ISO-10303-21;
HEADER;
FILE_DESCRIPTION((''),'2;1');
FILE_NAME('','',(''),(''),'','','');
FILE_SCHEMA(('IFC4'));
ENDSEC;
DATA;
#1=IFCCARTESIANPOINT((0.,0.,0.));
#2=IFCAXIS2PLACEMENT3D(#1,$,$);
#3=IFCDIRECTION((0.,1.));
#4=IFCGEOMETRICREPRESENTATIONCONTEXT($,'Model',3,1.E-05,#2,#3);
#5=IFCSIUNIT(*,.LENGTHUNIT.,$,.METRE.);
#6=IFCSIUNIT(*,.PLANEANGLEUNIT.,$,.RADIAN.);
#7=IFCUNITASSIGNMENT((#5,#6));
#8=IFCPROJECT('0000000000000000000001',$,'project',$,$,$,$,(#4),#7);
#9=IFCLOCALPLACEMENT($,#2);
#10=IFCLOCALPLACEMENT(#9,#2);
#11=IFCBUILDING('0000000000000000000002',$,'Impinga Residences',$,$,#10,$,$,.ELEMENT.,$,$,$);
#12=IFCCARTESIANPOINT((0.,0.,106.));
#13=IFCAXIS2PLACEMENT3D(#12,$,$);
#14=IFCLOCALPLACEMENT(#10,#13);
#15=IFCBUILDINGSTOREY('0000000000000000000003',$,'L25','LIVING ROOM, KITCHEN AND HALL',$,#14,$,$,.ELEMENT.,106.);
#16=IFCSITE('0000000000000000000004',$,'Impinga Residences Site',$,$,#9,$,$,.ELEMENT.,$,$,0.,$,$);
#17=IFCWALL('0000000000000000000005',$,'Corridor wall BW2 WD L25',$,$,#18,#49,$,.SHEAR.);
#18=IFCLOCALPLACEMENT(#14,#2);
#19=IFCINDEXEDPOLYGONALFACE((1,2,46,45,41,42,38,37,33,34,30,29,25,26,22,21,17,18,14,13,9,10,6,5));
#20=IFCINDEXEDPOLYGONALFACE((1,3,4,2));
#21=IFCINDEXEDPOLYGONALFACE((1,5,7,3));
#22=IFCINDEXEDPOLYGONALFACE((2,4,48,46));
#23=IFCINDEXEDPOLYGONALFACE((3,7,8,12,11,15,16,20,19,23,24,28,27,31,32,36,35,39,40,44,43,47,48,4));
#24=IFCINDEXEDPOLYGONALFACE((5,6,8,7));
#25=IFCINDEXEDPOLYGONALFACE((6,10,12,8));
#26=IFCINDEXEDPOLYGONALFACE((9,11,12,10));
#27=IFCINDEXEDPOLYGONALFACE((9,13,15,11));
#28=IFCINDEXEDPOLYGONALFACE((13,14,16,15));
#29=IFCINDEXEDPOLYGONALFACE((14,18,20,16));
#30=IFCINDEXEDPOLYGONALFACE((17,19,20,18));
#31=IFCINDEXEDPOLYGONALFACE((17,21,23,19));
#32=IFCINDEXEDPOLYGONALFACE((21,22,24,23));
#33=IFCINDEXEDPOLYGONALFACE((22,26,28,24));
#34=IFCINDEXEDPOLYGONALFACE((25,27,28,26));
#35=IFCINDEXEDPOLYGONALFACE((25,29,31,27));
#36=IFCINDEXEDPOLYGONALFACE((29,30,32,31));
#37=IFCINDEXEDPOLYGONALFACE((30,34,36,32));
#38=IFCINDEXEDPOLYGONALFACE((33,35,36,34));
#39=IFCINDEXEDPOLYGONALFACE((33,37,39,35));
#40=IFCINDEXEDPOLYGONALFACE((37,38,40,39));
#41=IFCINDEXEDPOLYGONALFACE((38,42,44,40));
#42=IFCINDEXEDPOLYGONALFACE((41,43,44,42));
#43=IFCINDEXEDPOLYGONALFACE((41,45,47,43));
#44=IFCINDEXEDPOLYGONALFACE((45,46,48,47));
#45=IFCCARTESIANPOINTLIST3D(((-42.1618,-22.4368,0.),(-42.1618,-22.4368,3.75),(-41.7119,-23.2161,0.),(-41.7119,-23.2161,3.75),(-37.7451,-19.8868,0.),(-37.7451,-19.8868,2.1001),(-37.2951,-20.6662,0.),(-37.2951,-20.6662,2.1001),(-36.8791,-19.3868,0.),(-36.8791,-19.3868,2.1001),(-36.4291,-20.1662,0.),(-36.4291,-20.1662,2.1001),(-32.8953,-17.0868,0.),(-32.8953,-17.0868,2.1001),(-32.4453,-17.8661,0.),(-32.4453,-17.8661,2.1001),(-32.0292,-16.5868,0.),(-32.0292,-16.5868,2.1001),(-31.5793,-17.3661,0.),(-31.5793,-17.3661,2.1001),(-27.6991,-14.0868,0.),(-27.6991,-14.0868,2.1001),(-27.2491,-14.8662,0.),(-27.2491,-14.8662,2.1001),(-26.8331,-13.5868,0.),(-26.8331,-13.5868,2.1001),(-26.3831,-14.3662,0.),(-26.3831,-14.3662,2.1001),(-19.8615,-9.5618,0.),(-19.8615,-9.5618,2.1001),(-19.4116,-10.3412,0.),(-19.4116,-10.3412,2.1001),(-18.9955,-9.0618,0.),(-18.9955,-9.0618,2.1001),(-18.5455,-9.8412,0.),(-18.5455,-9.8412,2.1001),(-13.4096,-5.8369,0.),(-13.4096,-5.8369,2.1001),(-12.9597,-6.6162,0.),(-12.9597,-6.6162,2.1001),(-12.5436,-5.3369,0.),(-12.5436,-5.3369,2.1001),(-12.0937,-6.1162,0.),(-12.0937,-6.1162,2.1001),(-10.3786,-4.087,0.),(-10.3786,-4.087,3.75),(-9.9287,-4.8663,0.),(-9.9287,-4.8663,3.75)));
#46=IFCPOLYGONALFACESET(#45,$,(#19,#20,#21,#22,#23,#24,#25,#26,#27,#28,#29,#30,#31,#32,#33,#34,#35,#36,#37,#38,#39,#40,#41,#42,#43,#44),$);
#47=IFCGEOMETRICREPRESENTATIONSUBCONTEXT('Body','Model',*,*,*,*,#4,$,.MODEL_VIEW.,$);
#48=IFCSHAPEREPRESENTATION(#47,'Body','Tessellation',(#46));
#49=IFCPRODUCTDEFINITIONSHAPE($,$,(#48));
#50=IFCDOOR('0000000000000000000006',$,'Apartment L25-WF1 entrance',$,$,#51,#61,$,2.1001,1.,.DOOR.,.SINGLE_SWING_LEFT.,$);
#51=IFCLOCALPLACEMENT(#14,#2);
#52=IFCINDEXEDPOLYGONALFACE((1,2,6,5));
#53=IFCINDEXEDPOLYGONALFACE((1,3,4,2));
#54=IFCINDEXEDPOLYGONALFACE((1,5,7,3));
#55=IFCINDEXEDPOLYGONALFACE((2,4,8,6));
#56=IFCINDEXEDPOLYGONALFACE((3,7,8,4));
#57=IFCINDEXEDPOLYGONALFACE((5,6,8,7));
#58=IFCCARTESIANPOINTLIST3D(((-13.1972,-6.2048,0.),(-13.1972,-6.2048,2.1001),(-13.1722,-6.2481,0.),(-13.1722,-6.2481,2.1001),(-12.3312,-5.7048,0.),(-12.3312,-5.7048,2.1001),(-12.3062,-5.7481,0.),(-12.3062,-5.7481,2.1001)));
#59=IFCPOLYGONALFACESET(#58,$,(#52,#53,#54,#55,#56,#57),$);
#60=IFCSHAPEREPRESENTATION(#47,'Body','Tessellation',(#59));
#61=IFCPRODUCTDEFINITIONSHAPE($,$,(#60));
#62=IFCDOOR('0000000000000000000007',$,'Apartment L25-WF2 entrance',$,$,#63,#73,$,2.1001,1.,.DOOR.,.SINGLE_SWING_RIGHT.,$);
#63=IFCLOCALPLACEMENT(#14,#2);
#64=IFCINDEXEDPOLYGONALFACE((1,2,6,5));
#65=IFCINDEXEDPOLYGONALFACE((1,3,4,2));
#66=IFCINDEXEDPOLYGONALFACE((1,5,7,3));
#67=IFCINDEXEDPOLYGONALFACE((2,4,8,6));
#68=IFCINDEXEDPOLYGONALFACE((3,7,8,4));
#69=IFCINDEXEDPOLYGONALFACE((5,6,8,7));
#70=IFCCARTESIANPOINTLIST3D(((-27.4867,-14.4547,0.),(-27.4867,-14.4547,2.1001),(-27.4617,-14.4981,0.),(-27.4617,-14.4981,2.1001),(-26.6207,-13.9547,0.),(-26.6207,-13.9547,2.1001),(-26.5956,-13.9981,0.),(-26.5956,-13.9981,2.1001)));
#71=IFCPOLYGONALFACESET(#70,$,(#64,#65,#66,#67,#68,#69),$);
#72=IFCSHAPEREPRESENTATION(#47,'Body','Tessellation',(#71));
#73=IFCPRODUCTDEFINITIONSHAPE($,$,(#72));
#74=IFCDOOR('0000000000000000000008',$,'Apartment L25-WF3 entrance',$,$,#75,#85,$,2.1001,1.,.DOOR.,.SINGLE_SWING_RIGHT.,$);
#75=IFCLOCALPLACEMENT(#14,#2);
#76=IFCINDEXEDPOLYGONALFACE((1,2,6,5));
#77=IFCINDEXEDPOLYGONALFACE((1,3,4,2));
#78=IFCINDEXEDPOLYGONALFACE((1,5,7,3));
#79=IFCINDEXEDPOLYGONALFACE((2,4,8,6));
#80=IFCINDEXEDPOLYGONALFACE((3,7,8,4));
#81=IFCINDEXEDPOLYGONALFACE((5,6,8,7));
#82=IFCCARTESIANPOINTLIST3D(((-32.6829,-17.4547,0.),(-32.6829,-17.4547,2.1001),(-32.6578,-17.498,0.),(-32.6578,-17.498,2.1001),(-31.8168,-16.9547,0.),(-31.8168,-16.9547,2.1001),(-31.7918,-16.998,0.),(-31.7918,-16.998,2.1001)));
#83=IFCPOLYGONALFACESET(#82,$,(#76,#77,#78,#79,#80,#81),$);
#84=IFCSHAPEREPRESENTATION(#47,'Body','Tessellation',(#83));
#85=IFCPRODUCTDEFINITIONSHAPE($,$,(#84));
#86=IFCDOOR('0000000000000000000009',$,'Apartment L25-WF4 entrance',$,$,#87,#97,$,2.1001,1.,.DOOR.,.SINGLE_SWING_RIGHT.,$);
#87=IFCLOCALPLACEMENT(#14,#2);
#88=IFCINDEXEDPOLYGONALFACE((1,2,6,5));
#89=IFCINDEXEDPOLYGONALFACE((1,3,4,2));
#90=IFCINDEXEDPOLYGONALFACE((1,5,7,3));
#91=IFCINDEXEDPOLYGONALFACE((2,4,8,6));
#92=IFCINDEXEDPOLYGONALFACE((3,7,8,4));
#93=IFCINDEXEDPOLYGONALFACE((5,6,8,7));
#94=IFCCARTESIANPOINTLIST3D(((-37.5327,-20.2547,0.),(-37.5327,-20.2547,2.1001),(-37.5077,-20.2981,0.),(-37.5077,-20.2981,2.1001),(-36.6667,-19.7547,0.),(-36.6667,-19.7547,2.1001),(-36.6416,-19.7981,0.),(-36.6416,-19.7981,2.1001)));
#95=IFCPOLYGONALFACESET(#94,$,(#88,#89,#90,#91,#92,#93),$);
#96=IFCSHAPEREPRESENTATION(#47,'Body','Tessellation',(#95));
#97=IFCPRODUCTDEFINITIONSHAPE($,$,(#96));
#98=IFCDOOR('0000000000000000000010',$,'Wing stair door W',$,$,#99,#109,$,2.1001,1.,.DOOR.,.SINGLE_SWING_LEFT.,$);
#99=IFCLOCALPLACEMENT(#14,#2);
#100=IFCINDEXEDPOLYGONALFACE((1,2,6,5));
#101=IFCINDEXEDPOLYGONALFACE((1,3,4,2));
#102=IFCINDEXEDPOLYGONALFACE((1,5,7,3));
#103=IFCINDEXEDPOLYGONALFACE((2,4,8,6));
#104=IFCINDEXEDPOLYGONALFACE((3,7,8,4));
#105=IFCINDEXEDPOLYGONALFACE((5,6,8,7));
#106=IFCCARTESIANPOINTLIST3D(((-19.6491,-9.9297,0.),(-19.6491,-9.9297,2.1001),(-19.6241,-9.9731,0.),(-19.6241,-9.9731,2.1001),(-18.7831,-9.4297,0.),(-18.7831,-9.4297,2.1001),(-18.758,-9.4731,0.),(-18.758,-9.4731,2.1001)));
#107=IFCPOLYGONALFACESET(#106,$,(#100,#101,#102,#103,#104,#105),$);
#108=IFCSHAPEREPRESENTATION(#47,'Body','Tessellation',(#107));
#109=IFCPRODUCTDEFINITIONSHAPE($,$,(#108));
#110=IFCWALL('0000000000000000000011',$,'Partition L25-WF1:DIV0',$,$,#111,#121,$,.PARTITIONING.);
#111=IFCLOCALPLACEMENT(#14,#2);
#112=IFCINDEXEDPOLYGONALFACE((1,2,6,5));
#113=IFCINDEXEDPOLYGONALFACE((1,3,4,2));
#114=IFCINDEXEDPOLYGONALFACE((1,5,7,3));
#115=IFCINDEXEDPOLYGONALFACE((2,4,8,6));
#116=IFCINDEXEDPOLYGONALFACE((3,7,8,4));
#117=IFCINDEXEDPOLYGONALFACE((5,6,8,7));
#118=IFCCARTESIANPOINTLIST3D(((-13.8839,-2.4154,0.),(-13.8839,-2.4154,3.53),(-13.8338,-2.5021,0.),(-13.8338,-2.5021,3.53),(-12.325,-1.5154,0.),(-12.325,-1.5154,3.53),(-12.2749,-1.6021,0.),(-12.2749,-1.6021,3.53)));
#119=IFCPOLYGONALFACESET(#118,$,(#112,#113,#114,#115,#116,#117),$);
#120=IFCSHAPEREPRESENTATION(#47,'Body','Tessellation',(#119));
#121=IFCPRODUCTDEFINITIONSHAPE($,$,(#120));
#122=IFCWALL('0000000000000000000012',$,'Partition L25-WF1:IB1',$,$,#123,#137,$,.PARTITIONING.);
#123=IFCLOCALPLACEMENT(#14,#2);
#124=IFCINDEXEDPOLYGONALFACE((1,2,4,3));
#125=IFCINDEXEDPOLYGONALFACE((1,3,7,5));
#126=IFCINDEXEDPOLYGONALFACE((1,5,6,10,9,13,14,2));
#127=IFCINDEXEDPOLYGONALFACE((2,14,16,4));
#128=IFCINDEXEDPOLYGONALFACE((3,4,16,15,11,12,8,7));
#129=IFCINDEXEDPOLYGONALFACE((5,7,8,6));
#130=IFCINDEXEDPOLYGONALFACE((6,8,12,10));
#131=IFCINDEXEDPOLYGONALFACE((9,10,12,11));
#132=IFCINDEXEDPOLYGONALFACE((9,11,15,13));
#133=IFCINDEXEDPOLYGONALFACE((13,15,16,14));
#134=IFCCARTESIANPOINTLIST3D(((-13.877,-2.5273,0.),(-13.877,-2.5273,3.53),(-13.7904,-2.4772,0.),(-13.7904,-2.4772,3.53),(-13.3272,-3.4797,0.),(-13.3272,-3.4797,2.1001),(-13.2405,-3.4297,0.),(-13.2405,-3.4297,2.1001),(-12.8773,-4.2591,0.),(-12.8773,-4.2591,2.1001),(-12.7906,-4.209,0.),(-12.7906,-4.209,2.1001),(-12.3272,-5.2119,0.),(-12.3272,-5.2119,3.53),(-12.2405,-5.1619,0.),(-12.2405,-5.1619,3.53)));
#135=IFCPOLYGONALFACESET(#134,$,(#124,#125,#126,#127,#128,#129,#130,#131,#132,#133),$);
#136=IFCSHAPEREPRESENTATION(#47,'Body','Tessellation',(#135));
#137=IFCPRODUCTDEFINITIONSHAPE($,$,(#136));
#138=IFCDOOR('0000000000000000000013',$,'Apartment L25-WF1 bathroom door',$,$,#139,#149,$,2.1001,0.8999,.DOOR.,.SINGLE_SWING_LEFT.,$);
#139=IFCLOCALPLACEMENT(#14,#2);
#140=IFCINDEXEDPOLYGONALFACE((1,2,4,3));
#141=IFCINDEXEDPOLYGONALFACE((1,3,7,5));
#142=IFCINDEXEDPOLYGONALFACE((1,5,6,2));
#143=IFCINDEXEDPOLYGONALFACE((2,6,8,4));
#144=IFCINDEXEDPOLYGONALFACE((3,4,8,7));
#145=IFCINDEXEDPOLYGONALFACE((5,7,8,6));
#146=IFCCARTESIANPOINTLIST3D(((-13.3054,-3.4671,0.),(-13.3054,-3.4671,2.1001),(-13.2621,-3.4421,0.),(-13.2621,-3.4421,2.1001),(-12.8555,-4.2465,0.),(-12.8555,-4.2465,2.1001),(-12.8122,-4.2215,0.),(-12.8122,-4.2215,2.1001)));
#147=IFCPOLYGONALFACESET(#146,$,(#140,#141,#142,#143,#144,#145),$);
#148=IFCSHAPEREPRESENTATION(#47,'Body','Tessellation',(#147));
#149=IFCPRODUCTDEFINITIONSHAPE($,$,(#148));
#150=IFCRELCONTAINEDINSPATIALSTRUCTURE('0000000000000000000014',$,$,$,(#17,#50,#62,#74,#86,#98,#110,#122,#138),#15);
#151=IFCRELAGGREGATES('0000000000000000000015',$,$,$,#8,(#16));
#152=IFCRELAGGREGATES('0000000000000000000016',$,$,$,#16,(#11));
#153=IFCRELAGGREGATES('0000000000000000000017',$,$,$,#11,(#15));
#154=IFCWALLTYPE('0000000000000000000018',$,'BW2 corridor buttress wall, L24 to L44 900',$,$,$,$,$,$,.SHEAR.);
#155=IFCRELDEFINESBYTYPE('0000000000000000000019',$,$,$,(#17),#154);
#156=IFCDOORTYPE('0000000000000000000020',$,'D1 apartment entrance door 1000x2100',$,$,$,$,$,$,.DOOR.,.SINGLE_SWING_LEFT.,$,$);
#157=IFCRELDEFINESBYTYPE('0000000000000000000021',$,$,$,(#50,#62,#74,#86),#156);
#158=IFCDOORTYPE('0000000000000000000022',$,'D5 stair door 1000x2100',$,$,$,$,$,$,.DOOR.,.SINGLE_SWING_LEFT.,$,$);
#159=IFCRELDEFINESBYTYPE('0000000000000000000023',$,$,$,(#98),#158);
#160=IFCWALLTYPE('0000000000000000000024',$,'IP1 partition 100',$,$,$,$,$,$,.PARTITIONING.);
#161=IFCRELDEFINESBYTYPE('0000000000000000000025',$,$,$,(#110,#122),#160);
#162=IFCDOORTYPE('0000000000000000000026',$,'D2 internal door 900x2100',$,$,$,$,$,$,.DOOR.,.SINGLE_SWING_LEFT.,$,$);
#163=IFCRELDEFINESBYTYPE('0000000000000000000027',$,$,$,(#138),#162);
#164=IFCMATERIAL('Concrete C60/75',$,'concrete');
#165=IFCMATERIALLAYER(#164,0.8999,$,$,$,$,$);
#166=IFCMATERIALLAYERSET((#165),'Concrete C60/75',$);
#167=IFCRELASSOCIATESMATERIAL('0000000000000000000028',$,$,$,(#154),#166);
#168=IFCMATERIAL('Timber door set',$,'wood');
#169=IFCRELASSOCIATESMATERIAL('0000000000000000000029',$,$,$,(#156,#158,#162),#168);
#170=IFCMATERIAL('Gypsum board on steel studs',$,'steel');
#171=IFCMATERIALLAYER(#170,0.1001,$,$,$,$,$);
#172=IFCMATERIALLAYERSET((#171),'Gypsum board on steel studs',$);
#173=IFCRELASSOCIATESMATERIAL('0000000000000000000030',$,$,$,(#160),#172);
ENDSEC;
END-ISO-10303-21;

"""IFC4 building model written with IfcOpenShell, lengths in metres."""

from ifc_helpers import new_model, si_unit, direction, frame, frame_2d, origin, place, context, subcontext, project, spatial, rectangle, extrude, material, layer, layer_set, type_object, element, fill, save


model = new_model("IFC4")

# Units and contexts
model_context = context("Model", 3, precision=1e-05, world=origin(), true_north=direction((0.0, 1.0)))
body_context = subcontext(model_context, "Body", "Model", "MODEL_VIEW")
ifc_project = project(units=[si_unit("LENGTHUNIT", "METRE"), si_unit("PLANEANGLEUNIT", "RADIAN")], contexts=[model_context])

# Site, building, storey
site_placement = place(None, origin())
site = spatial("IfcSite", under=ifc_project, at=site_placement, Name="Impinga Residences Site", CompositionType="ELEMENT", RefElevation=0.0)
building_placement = place(site_placement, origin())
building = spatial("IfcBuilding", under=site, at=building_placement, Name="Impinga Residences", CompositionType="ELEMENT")
storey_placement = place(building_placement, frame((0.0, 0.0, 106.0)))
storey = spatial("IfcBuildingStorey", under=building, at=storey_placement, Name="L25", Description="LIVING ROOM, KITCHEN AND HALL", CompositionType="ELEMENT", Elevation=106.0)

# Wall, openings, doors
ifc_material_1 = material(Name="Concrete C60/75", Category="concrete")
ifc_layer_1 = layer(ifc_material_1, 0.8999)
ifc_layer_set_1 = layer_set([ifc_layer_1], Name="Concrete C60/75")
wall_type_1 = type_object("IfcWallType", Name="BW2 corridor buttress wall, L24 to L44 900", PredefinedType="SHEAR", material=ifc_layer_set_1)
ifc_material_2 = material(Name="Timber door set", Category="wood")
door_type_1 = type_object("IfcDoorType", Name="D1 apartment entrance door 1000x2100", OperationType="SINGLE_SWING_LEFT", PredefinedType="DOOR", material=ifc_material_2)
wall_1_placement = place(storey_placement, frame((-10.1536, -4.4766, 0.0), z_axis=(0.0, 0.0, 1.0), x_axis=(-0.866028, -0.499996, 0.0)))
wall_1 = element("IfcWall", 1, at=wall_1_placement, inside=storey, type_object=wall_type_1, Name="Corridor wall BW2 WD L25", PredefinedType="SHEAR", context=body_context, shape_type="SweptSolid", body=[
    extrude(rectangle(XDim=36.7, YDim=0.8999, at=frame_2d((18.3501, 0.0))), origin(), (0.0, 0.0, 1.0), 3.75),
])
opening_1_placement = place(wall_1_placement, frame((9.95, 0.0, 0.0)))
opening_1 = element("IfcOpeningElement", 2, at=opening_1_placement, cuts=wall_1, PredefinedType="OPENING", context=body_context, shape_type="SweptSolid", body=[
    extrude(rectangle(XDim=1.0, YDim=2.1001, at=frame_2d((0.5, 1.05))), frame((0.0, 0.46, 0.0), z_axis=(0.0, -1.0, 0.0), x_axis=(1.0, 0.0, 0.0)), (0.0, 0.0, 1.0), 0.9199),
])
opening_2_placement = place(wall_1_placement, frame((2.5, 0.0, 0.0)))
opening_2 = element("IfcOpeningElement", 3, at=opening_2_placement, cuts=wall_1, PredefinedType="OPENING", context=body_context, shape_type="SweptSolid", body=[
    extrude(rectangle(XDim=1.0, YDim=2.1001, at=frame_2d((0.5, 1.05))), frame((0.0, 0.46, 0.0), z_axis=(0.0, -1.0, 0.0), x_axis=(1.0, 0.0, 0.0)), (0.0, 0.0, 1.0), 0.9199),
])
opening_3_placement = place(wall_1_placement, frame((19.0, 0.0, 0.0)))
opening_3 = element("IfcOpeningElement", 4, at=opening_3_placement, cuts=wall_1, PredefinedType="OPENING", context=body_context, shape_type="SweptSolid", body=[
    extrude(rectangle(XDim=1.0, YDim=2.1001, at=frame_2d((0.5, 1.05))), frame((0.0, 0.46, 0.0), z_axis=(0.0, -1.0, 0.0), x_axis=(1.0, 0.0, 0.0)), (0.0, 0.0, 1.0), 0.9199),
])
opening_4_placement = place(wall_1_placement, frame((25.0, 0.0, 0.0)))
opening_4 = element("IfcOpeningElement", 5, at=opening_4_placement, cuts=wall_1, PredefinedType="OPENING", context=body_context, shape_type="SweptSolid", body=[
    extrude(rectangle(XDim=1.0, YDim=2.1001, at=frame_2d((0.5, 1.05))), frame((0.0, 0.46, 0.0), z_axis=(0.0, -1.0, 0.0), x_axis=(1.0, 0.0, 0.0)), (0.0, 0.0, 1.0), 0.9199),
])
opening_5_placement = place(wall_1_placement, frame((30.6001, 0.0, 0.0)))
opening_5 = element("IfcOpeningElement", 6, at=opening_5_placement, cuts=wall_1, PredefinedType="OPENING", context=body_context, shape_type="SweptSolid", body=[
    extrude(rectangle(XDim=1.0, YDim=2.1001, at=frame_2d((0.5, 1.05))), frame((0.0, 0.46, 0.0), z_axis=(0.0, -1.0, 0.0), x_axis=(1.0, 0.0, 0.0)), (0.0, 0.0, 1.0), 0.9199),
])
door_1_placement = place(opening_2_placement, origin())
door_1 = element("IfcDoor", 7, at=door_1_placement, inside=storey, type_object=door_type_1, Name="Apartment L25-WF1 entrance", OperationType="SINGLE_SWING_LEFT", OverallHeight=2.1001, OverallWidth=1.0, PredefinedType="DOOR", context=body_context, shape_type="SweptSolid", body=[
    extrude(rectangle(XDim=1.0, YDim=2.1001, at=frame_2d((0.5, 1.05))), frame((0.0, 0.0249, 0.0), z_axis=(0.0, -1.0, 0.0), x_axis=(1.0, 0.0, 0.0)), (0.0, 0.0, 1.0), 0.05),
])
fill(opening_2, door_1)
door_2_placement = place(opening_3_placement, origin())
door_2 = element("IfcDoor", 8, at=door_2_placement, inside=storey, type_object=door_type_1, Name="Apartment L25-WF2 entrance", OperationType="SINGLE_SWING_RIGHT", OverallHeight=2.1001, OverallWidth=1.0, PredefinedType="DOOR", context=body_context, shape_type="SweptSolid", body=[
    extrude(rectangle(XDim=1.0, YDim=2.1001, at=frame_2d((0.5, 1.05))), frame((0.0, 0.0249, 0.0), z_axis=(0.0, -1.0, 0.0), x_axis=(1.0, 0.0, 0.0)), (0.0, 0.0, 1.0), 0.05),
])
fill(opening_3, door_2)
door_3_placement = place(opening_4_placement, origin())
door_3 = element("IfcDoor", 9, at=door_3_placement, inside=storey, type_object=door_type_1, Name="Apartment L25-WF3 entrance", OperationType="SINGLE_SWING_RIGHT", OverallHeight=2.1001, OverallWidth=1.0, PredefinedType="DOOR", context=body_context, shape_type="SweptSolid", body=[
    extrude(rectangle(XDim=1.0, YDim=2.1001, at=frame_2d((0.5, 1.05))), frame((0.0, 0.0249, 0.0), z_axis=(0.0, -1.0, 0.0), x_axis=(1.0, 0.0, 0.0)), (0.0, 0.0, 1.0), 0.05),
])
fill(opening_4, door_3)
door_4_placement = place(opening_5_placement, origin())
door_4 = element("IfcDoor", 10, at=door_4_placement, inside=storey, type_object=door_type_1, Name="Apartment L25-WF4 entrance", OperationType="SINGLE_SWING_RIGHT", OverallHeight=2.1001, OverallWidth=1.0, PredefinedType="DOOR", context=body_context, shape_type="SweptSolid", body=[
    extrude(rectangle(XDim=1.0, YDim=2.1001, at=frame_2d((0.5, 1.05))), frame((0.0, 0.0249, 0.0), z_axis=(0.0, -1.0, 0.0), x_axis=(1.0, 0.0, 0.0)), (0.0, 0.0, 1.0), 0.05),
])
fill(opening_5, door_4)
door_type_2 = type_object("IfcDoorType", Name="D5 stair door 1000x2100", OperationType="SINGLE_SWING_LEFT", PredefinedType="DOOR", material=ifc_material_2)
door_5_placement = place(opening_1_placement, origin())
door_5 = element("IfcDoor", 11, at=door_5_placement, inside=storey, type_object=door_type_2, Name="Wing stair door W", OperationType="SINGLE_SWING_LEFT", OverallHeight=2.1001, OverallWidth=1.0, PredefinedType="DOOR", context=body_context, shape_type="SweptSolid", body=[
    extrude(rectangle(XDim=1.0, YDim=2.1001, at=frame_2d((0.5, 1.05))), frame((0.0, 0.0249, 0.0), z_axis=(0.0, -1.0, 0.0), x_axis=(1.0, 0.0, 0.0)), (0.0, 0.0, 1.0), 0.05),
])
fill(opening_1, door_5)

# Wall
ifc_material_3 = material(Name="Gypsum board on steel studs", Category="steel")
ifc_layer_2 = layer(ifc_material_3, 0.1001)
ifc_layer_set_2 = layer_set([ifc_layer_2], Name="Gypsum board on steel studs")
wall_type_2 = type_object("IfcWallType", Name="IP1 partition 100", PredefinedType="PARTITIONING", material=ifc_layer_set_2)
wall_2_placement = place(storey_placement, frame((-12.3, -1.5588, 0.0), z_axis=(0.0, 0.0, 1.0), x_axis=(-0.866048, -0.499961, 0.0)))
element("IfcWall", 12, at=wall_2_placement, inside=storey, type_object=wall_type_2, Name="Partition L25-WF1:DIV0", PredefinedType="PARTITIONING", context=body_context, shape_type="SweptSolid", body=[
    extrude(rectangle(XDim=1.8, YDim=0.1001, at=frame_2d((0.8999, 0.0))), origin(), (0.0, 0.0, 1.0), 3.53),
])

# Wall, opening, door
wall_3_placement = place(storey_placement, frame((-12.2839, -5.1868, 0.0), z_axis=(0.0, 0.0, 1.0), x_axis=(-0.499968, 0.866044, 0.0)))
wall_3 = element("IfcWall", 13, at=wall_3_placement, inside=storey, type_object=wall_type_2, Name="Partition L25-WF1:IB1", PredefinedType="PARTITIONING", context=body_context, shape_type="SweptSolid", body=[
    extrude(rectangle(XDim=3.0999, YDim=0.1001, at=frame_2d((1.5498, 0.0))), origin(), (0.0, 0.0, 1.0), 3.53),
])
opening_6_placement = place(wall_3_placement, frame((1.1001, 0.0, 0.0)))
opening_6 = element("IfcOpeningElement", 14, at=opening_6_placement, cuts=wall_3, PredefinedType="OPENING", context=body_context, shape_type="SweptSolid", body=[
    extrude(rectangle(XDim=0.8999, YDim=2.1001, at=frame_2d((0.45, 1.05))), frame((0.0, 0.0601, 0.0), z_axis=(0.0, -1.0, 0.0), x_axis=(1.0, 0.0, 0.0)), (0.0, 0.0, 1.0), 0.1201),
])
door_type_3 = type_object("IfcDoorType", Name="D2 internal door 900x2100", OperationType="SINGLE_SWING_LEFT", PredefinedType="DOOR", material=ifc_material_2)
door_6_placement = place(opening_6_placement, origin())
door_6 = element("IfcDoor", 15, at=door_6_placement, inside=storey, type_object=door_type_3, Name="Apartment L25-WF1 bathroom door", OperationType="SINGLE_SWING_LEFT", OverallHeight=2.1001, OverallWidth=0.8999, PredefinedType="DOOR", context=body_context, shape_type="SweptSolid", body=[
    extrude(rectangle(XDim=0.8999, YDim=2.1001, at=frame_2d((0.45, 1.05))), frame((0.0, 0.0249, 0.0), z_axis=(0.0, -1.0, 0.0), x_axis=(1.0, 0.0, 0.0)), (0.0, 0.0, 1.0), 0.05),
])
fill(opening_6, door_6)

save(model, "model.ifc")
